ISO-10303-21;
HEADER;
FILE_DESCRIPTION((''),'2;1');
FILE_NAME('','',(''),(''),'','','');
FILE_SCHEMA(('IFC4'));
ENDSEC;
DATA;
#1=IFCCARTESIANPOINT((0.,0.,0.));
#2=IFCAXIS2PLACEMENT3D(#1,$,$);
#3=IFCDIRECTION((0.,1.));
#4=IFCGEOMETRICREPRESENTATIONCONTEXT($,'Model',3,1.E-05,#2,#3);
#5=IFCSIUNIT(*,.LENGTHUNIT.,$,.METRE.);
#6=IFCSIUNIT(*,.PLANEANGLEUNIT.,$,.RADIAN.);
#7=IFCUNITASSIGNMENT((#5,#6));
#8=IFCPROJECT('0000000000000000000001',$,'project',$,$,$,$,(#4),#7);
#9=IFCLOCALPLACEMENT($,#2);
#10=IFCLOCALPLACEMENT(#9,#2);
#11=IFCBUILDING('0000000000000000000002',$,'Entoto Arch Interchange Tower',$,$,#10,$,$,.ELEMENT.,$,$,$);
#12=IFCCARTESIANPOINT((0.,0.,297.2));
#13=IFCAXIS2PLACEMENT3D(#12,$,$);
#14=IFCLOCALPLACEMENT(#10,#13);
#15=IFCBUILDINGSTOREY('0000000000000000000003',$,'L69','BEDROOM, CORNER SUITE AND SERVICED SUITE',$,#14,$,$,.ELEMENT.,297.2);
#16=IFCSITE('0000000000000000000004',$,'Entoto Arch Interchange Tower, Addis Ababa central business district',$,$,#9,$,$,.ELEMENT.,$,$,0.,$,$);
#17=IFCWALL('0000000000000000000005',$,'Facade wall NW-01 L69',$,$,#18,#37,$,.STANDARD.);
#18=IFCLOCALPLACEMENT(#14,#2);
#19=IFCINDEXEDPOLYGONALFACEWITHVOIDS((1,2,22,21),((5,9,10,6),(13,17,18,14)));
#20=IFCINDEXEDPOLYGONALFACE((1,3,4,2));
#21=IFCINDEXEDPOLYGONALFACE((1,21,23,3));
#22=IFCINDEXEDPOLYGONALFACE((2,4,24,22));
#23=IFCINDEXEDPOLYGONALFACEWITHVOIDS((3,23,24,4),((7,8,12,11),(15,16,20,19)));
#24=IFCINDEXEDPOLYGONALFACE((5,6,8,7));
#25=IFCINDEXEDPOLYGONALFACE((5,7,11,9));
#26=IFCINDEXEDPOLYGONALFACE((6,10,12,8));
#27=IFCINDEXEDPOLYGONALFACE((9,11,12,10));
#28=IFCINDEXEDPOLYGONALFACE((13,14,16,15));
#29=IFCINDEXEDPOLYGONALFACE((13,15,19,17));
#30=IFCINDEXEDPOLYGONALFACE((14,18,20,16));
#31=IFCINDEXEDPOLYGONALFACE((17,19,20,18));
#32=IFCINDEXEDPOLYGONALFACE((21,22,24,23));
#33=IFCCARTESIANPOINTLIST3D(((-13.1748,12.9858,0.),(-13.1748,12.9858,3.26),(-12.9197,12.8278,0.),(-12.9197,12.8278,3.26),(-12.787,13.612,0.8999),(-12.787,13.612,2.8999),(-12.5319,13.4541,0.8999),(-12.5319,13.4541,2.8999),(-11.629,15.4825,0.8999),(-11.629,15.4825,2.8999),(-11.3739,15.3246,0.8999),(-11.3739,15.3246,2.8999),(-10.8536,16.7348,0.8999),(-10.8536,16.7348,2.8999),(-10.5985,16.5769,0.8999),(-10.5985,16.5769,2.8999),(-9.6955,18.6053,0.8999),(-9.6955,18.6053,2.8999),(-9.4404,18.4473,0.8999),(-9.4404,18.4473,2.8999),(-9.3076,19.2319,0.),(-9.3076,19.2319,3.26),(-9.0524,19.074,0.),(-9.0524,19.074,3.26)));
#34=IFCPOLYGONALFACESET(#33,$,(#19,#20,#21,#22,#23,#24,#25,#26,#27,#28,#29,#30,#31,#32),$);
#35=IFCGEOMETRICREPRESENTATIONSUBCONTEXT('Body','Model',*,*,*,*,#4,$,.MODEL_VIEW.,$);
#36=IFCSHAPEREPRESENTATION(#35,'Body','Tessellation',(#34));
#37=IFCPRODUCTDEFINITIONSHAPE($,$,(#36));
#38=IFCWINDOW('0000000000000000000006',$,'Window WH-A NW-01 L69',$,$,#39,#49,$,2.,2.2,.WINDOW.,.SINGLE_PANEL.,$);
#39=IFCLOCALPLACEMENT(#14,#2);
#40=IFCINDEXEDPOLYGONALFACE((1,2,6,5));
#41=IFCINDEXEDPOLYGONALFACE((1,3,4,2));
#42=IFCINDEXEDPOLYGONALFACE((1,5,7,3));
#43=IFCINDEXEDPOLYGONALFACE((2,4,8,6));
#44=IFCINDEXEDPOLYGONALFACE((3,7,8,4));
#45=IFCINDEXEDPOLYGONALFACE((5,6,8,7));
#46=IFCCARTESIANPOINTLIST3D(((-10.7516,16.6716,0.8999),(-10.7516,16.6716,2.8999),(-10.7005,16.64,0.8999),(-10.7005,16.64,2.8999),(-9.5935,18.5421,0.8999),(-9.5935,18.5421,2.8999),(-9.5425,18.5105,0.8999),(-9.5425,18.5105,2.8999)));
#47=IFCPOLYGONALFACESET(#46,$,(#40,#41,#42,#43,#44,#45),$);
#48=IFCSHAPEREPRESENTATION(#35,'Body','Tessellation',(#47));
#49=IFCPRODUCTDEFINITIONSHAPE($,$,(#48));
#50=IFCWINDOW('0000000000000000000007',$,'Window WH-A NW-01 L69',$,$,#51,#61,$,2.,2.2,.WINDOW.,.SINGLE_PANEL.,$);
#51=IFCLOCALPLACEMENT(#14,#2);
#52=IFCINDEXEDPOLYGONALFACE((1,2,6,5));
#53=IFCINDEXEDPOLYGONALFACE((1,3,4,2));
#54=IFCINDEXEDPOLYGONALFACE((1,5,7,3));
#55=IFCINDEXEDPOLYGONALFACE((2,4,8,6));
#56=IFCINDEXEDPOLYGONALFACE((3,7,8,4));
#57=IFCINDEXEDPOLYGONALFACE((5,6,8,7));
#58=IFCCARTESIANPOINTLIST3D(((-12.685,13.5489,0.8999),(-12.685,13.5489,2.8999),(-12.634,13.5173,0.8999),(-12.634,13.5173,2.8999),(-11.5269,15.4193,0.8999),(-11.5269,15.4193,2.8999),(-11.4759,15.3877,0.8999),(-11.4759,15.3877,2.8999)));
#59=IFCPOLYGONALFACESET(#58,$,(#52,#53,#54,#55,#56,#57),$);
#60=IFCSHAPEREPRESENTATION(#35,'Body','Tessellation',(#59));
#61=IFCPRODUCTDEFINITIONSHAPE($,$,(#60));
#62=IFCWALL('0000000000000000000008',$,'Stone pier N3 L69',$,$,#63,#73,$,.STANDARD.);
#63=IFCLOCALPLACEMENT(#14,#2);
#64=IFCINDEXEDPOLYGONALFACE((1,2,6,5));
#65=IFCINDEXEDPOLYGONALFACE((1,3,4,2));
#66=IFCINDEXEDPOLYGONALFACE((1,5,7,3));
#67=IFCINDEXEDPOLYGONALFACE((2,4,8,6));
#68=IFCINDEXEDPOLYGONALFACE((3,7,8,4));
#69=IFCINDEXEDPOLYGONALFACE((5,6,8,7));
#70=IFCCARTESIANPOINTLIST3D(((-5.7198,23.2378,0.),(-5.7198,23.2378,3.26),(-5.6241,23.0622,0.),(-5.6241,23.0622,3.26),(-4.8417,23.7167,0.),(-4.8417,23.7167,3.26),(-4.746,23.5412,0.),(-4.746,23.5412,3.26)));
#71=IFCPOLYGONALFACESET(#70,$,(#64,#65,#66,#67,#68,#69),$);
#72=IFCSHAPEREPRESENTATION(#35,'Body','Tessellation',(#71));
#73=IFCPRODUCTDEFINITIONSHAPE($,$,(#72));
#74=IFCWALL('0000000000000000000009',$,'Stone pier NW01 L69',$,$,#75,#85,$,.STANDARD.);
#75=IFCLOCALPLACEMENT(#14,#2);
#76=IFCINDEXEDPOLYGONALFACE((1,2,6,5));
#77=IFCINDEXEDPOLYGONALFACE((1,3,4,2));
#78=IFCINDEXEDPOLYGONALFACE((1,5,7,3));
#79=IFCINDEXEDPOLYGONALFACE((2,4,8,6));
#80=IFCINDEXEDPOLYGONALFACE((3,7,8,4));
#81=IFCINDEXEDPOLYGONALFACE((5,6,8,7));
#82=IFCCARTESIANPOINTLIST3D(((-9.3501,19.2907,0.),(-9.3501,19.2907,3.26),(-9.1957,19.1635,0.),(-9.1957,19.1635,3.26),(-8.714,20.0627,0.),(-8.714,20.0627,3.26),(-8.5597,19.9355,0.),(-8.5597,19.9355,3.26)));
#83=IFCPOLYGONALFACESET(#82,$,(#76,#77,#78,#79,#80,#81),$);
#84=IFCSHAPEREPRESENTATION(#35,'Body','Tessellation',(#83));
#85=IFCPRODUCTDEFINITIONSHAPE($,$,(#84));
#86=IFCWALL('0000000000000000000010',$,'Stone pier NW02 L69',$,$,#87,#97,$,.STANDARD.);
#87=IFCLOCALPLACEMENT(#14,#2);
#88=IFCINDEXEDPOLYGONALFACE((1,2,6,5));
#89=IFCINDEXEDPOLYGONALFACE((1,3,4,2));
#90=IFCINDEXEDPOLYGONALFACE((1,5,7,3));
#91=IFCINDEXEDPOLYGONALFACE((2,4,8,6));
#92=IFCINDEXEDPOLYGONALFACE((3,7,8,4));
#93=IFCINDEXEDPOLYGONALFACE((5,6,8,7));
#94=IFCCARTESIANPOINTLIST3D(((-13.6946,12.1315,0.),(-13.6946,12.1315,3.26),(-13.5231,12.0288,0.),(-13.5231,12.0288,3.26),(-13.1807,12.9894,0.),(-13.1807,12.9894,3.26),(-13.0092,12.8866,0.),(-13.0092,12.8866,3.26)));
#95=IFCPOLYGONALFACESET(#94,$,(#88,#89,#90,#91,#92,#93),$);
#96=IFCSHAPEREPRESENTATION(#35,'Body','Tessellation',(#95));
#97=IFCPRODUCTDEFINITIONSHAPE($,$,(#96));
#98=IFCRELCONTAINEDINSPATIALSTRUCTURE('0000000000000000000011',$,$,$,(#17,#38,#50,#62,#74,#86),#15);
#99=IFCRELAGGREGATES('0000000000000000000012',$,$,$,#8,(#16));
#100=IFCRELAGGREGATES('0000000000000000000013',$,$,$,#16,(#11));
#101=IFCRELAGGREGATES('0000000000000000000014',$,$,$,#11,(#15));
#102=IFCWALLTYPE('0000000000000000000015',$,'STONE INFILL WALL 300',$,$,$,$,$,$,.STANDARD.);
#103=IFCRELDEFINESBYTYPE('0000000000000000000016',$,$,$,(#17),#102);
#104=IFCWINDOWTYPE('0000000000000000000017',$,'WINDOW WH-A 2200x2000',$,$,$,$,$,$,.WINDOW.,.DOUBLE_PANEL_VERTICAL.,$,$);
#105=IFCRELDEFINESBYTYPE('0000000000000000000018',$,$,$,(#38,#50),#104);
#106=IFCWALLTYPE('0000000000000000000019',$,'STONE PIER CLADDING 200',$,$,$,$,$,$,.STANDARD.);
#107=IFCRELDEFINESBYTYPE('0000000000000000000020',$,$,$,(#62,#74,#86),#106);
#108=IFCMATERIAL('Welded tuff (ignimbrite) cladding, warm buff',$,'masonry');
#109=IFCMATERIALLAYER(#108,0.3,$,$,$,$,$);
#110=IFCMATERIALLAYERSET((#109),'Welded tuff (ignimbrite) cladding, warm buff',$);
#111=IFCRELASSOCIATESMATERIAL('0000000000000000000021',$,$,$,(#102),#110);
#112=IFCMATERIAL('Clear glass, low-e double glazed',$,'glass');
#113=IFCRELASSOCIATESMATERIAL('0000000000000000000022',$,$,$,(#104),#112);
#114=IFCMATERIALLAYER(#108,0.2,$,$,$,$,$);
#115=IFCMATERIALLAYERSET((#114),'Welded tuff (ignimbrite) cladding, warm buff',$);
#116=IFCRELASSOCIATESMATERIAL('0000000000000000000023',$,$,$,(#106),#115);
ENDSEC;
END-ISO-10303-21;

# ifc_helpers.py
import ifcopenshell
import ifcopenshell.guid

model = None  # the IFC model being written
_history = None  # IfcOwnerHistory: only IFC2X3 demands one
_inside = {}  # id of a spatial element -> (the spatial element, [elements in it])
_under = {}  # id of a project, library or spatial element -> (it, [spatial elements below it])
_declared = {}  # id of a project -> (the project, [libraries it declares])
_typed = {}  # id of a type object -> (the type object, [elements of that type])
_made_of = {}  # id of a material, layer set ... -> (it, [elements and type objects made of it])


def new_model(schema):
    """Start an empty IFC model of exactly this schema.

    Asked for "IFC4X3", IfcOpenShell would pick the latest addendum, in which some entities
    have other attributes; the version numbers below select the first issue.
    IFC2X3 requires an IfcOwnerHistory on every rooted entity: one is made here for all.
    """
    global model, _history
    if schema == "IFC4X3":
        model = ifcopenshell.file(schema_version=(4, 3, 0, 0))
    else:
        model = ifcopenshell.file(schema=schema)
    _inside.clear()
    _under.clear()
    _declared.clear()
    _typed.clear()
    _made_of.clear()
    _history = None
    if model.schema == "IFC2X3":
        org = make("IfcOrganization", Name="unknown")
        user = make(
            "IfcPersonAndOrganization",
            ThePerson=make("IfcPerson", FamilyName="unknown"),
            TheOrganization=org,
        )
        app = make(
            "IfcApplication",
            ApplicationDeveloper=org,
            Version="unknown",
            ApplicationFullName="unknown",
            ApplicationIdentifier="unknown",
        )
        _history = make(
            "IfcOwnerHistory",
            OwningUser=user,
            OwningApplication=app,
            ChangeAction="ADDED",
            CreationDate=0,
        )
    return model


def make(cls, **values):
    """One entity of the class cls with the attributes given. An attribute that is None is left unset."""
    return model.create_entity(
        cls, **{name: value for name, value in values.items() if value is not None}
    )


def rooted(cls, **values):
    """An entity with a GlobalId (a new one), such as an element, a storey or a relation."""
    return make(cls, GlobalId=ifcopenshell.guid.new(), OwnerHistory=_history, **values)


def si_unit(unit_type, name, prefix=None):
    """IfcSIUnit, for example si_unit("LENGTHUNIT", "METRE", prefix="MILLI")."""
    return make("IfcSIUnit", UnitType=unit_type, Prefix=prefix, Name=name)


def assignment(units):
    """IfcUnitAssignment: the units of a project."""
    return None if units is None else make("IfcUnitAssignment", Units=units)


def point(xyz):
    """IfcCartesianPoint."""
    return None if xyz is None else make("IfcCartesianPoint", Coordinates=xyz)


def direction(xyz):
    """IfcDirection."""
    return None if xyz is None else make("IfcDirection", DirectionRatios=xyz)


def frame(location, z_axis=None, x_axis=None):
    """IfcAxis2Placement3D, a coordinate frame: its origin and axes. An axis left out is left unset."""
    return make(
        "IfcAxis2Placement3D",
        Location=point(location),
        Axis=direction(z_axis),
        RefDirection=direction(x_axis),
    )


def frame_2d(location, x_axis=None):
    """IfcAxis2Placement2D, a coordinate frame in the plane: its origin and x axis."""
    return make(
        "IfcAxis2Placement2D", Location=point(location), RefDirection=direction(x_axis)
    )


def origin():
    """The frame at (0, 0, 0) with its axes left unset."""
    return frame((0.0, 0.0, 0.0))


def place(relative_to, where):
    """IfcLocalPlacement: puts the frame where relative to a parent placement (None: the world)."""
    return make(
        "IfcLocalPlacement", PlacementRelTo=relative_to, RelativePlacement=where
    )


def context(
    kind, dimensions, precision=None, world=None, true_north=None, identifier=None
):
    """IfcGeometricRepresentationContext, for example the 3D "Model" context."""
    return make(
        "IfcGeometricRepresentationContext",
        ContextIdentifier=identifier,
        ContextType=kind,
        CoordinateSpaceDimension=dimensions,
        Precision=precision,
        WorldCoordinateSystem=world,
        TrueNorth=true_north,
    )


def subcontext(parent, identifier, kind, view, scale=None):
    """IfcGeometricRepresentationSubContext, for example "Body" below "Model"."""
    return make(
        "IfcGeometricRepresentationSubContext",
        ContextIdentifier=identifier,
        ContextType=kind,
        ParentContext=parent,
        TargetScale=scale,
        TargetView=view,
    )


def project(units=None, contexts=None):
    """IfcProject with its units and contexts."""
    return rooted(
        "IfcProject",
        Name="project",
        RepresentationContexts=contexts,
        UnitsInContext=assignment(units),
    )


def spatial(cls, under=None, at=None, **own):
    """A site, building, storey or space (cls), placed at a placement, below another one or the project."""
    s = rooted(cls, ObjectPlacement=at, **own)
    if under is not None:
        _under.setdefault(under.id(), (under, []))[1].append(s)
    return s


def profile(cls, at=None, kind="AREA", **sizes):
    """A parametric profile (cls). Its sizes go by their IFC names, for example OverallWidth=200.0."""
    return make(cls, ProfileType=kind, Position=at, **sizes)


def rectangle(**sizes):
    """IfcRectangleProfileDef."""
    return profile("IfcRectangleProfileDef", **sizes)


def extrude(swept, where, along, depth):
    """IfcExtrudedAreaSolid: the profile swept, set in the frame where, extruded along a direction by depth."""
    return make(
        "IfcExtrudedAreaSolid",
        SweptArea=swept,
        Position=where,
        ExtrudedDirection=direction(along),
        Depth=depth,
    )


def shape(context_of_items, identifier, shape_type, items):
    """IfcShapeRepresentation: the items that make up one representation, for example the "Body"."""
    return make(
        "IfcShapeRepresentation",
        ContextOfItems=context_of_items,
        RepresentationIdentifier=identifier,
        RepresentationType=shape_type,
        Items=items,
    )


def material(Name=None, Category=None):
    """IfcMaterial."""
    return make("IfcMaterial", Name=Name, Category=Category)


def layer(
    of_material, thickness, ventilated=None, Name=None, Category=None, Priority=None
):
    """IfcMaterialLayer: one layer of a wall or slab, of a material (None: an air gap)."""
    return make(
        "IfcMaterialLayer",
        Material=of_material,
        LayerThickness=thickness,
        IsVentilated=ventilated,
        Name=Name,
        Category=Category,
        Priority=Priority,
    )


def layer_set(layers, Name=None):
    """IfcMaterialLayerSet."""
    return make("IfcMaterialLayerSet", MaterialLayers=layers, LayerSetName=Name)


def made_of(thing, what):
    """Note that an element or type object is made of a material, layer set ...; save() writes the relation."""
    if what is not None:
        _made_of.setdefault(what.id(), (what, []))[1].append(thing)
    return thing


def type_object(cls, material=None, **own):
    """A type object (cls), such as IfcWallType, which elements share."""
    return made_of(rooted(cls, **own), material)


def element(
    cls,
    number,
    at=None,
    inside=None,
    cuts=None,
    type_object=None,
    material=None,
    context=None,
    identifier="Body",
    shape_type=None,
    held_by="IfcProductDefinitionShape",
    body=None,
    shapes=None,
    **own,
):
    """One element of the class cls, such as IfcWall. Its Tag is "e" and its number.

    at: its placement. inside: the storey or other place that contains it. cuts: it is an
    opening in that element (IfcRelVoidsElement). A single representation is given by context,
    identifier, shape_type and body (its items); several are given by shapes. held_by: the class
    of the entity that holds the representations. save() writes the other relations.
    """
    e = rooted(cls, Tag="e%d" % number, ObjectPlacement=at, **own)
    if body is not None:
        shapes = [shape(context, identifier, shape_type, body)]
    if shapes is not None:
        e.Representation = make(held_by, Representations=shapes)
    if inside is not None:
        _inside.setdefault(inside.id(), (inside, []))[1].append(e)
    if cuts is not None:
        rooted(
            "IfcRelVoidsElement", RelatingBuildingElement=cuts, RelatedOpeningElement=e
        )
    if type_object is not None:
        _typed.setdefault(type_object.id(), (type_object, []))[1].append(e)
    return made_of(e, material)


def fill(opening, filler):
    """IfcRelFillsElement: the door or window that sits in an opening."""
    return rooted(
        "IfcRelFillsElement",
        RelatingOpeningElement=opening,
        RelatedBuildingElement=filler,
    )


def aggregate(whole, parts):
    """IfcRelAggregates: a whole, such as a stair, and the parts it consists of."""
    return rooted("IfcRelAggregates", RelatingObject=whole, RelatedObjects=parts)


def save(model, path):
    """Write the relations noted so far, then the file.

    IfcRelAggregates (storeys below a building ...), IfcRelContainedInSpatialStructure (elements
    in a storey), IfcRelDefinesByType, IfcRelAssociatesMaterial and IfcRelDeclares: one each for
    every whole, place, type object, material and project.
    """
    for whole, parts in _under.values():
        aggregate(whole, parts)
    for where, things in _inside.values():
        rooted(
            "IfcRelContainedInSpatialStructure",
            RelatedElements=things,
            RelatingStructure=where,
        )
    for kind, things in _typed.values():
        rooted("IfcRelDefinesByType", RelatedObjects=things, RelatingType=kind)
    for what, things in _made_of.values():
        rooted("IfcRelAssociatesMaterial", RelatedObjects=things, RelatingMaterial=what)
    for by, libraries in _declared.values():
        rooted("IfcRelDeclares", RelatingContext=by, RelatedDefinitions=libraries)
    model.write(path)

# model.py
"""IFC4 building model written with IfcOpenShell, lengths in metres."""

from ifc_helpers import new_model, si_unit, direction, frame, frame_2d, origin, place, context, subcontext, project, spatial, rectangle, extrude, material, layer, layer_set, type_object, element, fill, save


model = new_model("IFC4")

# Units and contexts
model_context = context("Model", 3, precision=1e-05, world=origin(), true_north=direction((0.0, 1.0)))
body_context = subcontext(model_context, "Body", "Model", "MODEL_VIEW")
ifc_project = project(units=[si_unit("LENGTHUNIT", "METRE"), si_unit("PLANEANGLEUNIT", "RADIAN")], contexts=[model_context])

# Site, building, storey
site_placement = place(None, origin())
site = spatial("IfcSite", under=ifc_project, at=site_placement, Name="Entoto Arch Interchange Tower, Addis Ababa central business district", CompositionType="ELEMENT", RefElevation=0.0)
building_placement = place(site_placement, origin())
building = spatial("IfcBuilding", under=site, at=building_placement, Name="Entoto Arch Interchange Tower", CompositionType="ELEMENT")
storey_placement = place(building_placement, frame((0.0, 0.0, 297.2)))
storey = spatial("IfcBuildingStorey", under=building, at=storey_placement, Name="L69", Description="BEDROOM, CORNER SUITE AND SERVICED SUITE", CompositionType="ELEMENT", Elevation=297.2)

# Shared definitions
ifc_material_1 = material(Name="Welded tuff (ignimbrite) cladding, warm buff", Category="masonry")
ifc_layer_1 = layer(ifc_material_1, 0.3)
ifc_layer_set_1 = layer_set([ifc_layer_1], Name="Welded tuff (ignimbrite) cladding, warm buff")
wall_type_1 = type_object("IfcWallType", Name="STONE INFILL WALL 300", PredefinedType="STANDARD", material=ifc_layer_set_1)
ifc_material_2 = material(Name="Clear glass, low-e double glazed", Category="glass")

# Wall, openings, windows
wall_1_placement = place(storey_placement, frame((-9.1799, 19.1531, 0.0), z_axis=(0.0, 0.0, 1.0), x_axis=(-0.52641, -0.850231, 0.0)))
wall_1 = element("IfcWall", 1, at=wall_1_placement, inside=storey, type_object=wall_type_1, Name="Facade wall NW-01 L69", PredefinedType="STANDARD", context=body_context, shape_type="SweptSolid", body=[
    extrude(rectangle(XDim=7.3464, YDim=0.3, at=frame_2d((3.6733, 0.0))), origin(), (0.0, 0.0, 1.0), 3.26),
])
opening_1_placement = place(wall_1_placement, frame((0.7371, 0.0, 0.8999)))
opening_1 = element("IfcOpeningElement", 2, at=opening_1_placement, cuts=wall_1, PredefinedType="OPENING", context=body_context, shape_type="SweptSolid", body=[
    extrude(rectangle(XDim=2.2, YDim=2.0, at=frame_2d((1.1001, 1.0))), frame((0.0, 0.1602, 0.0), z_axis=(0.0, -1.0, 0.0), x_axis=(1.0, 0.0, 0.0)), (0.0, 0.0, 1.0), 0.3201),
])
opening_2_placement = place(wall_1_placement, frame((4.4099, 0.0, 0.8999)))
opening_2 = element("IfcOpeningElement", 3, at=opening_2_placement, cuts=wall_1, PredefinedType="OPENING", context=body_context, shape_type="SweptSolid", body=[
    extrude(rectangle(XDim=2.2, YDim=2.0, at=frame_2d((1.1001, 1.0))), frame((0.0, 0.1602, 0.0), z_axis=(0.0, -1.0, 0.0), x_axis=(1.0, 0.0, 0.0)), (0.0, 0.0, 1.0), 0.3201),
])
window_type_1 = type_object("IfcWindowType", Name="WINDOW WH-A 2200x2000", PartitioningType="DOUBLE_PANEL_VERTICAL", PredefinedType="WINDOW", material=ifc_material_2)
window_1_placement = place(opening_1_placement, origin())
window_1 = element("IfcWindow", 4, at=window_1_placement, inside=storey, type_object=window_type_1, Name="Window WH-A NW-01 L69", OverallHeight=2.0, OverallWidth=2.2, PartitioningType="SINGLE_PANEL", PredefinedType="WINDOW", context=body_context, shape_type="SweptSolid", body=[
    extrude(rectangle(XDim=2.2, YDim=2.0, at=frame_2d((1.1001, 1.0))), frame((0.0, 0.03, 0.0), z_axis=(0.0, -1.0, 0.0), x_axis=(1.0, 0.0, 0.0)), (0.0, 0.0, 1.0), 0.0601),
])
fill(opening_1, window_1)
window_2_placement = place(opening_2_placement, origin())
window_2 = element("IfcWindow", 5, at=window_2_placement, inside=storey, type_object=window_type_1, Name="Window WH-A NW-01 L69", OverallHeight=2.0, OverallWidth=2.2, PartitioningType="SINGLE_PANEL", PredefinedType="WINDOW", context=body_context, shape_type="SweptSolid", body=[
    extrude(rectangle(XDim=2.2, YDim=2.0, at=frame_2d((1.1001, 1.0))), frame((0.0, 0.03, 0.0), z_axis=(0.0, -1.0, 0.0), x_axis=(1.0, 0.0, 0.0)), (0.0, 0.0, 1.0), 0.0601),
])
fill(opening_2, window_2)

# Walls
ifc_layer_2 = layer(ifc_material_1, 0.2)
ifc_layer_set_2 = layer_set([ifc_layer_2], Name="Welded tuff (ignimbrite) cladding, warm buff")
wall_type_2 = type_object("IfcWallType", Name="STONE PIER CLADDING 200", PredefinedType="STANDARD", material=ifc_layer_set_2)
for number, where, z_axis, x_axis, name in (
    (6, (-4.7939, 23.6289, 0.0), (0.0, 0.0, 1.0), (-0.877896, -0.478852, 0.0), "Stone pier N3 L69"),
    (7, (-8.637, 19.999, 0.0), (0.0, 0.0, 1.0), (-0.635853, -0.77181, 0.0), "Stone pier NW01 L69"),
):
    element("IfcWall", number, at=place(storey_placement, frame(where, z_axis=z_axis, x_axis=x_axis)), inside=storey, type_object=wall_type_2, Name=name, PredefinedType="STANDARD", context=body_context, shape_type="SweptSolid", body=[
        extrude(rectangle(XDim=1.0002, YDim=0.2, at=frame_2d((0.5, 0.0))), origin(), (0.0, 0.0, 1.0), 3.26),
    ])
wall_2_placement = place(storey_placement, frame((-13.095, 12.938, 0.0), z_axis=(0.0, 0.0, 1.0), x_axis=(-0.513885, -0.857859, 0.0)))
element("IfcWall", 8, at=wall_2_placement, inside=storey, type_object=wall_type_2, Name="Stone pier NW02 L69", PredefinedType="STANDARD", context=body_context, shape_type="SweptSolid", body=[
    extrude(rectangle(XDim=1.0, YDim=0.2, at=frame_2d((0.5, 0.0))), origin(), (0.0, 0.0, 1.0), 3.26),
])

save(model, "model.ifc")
